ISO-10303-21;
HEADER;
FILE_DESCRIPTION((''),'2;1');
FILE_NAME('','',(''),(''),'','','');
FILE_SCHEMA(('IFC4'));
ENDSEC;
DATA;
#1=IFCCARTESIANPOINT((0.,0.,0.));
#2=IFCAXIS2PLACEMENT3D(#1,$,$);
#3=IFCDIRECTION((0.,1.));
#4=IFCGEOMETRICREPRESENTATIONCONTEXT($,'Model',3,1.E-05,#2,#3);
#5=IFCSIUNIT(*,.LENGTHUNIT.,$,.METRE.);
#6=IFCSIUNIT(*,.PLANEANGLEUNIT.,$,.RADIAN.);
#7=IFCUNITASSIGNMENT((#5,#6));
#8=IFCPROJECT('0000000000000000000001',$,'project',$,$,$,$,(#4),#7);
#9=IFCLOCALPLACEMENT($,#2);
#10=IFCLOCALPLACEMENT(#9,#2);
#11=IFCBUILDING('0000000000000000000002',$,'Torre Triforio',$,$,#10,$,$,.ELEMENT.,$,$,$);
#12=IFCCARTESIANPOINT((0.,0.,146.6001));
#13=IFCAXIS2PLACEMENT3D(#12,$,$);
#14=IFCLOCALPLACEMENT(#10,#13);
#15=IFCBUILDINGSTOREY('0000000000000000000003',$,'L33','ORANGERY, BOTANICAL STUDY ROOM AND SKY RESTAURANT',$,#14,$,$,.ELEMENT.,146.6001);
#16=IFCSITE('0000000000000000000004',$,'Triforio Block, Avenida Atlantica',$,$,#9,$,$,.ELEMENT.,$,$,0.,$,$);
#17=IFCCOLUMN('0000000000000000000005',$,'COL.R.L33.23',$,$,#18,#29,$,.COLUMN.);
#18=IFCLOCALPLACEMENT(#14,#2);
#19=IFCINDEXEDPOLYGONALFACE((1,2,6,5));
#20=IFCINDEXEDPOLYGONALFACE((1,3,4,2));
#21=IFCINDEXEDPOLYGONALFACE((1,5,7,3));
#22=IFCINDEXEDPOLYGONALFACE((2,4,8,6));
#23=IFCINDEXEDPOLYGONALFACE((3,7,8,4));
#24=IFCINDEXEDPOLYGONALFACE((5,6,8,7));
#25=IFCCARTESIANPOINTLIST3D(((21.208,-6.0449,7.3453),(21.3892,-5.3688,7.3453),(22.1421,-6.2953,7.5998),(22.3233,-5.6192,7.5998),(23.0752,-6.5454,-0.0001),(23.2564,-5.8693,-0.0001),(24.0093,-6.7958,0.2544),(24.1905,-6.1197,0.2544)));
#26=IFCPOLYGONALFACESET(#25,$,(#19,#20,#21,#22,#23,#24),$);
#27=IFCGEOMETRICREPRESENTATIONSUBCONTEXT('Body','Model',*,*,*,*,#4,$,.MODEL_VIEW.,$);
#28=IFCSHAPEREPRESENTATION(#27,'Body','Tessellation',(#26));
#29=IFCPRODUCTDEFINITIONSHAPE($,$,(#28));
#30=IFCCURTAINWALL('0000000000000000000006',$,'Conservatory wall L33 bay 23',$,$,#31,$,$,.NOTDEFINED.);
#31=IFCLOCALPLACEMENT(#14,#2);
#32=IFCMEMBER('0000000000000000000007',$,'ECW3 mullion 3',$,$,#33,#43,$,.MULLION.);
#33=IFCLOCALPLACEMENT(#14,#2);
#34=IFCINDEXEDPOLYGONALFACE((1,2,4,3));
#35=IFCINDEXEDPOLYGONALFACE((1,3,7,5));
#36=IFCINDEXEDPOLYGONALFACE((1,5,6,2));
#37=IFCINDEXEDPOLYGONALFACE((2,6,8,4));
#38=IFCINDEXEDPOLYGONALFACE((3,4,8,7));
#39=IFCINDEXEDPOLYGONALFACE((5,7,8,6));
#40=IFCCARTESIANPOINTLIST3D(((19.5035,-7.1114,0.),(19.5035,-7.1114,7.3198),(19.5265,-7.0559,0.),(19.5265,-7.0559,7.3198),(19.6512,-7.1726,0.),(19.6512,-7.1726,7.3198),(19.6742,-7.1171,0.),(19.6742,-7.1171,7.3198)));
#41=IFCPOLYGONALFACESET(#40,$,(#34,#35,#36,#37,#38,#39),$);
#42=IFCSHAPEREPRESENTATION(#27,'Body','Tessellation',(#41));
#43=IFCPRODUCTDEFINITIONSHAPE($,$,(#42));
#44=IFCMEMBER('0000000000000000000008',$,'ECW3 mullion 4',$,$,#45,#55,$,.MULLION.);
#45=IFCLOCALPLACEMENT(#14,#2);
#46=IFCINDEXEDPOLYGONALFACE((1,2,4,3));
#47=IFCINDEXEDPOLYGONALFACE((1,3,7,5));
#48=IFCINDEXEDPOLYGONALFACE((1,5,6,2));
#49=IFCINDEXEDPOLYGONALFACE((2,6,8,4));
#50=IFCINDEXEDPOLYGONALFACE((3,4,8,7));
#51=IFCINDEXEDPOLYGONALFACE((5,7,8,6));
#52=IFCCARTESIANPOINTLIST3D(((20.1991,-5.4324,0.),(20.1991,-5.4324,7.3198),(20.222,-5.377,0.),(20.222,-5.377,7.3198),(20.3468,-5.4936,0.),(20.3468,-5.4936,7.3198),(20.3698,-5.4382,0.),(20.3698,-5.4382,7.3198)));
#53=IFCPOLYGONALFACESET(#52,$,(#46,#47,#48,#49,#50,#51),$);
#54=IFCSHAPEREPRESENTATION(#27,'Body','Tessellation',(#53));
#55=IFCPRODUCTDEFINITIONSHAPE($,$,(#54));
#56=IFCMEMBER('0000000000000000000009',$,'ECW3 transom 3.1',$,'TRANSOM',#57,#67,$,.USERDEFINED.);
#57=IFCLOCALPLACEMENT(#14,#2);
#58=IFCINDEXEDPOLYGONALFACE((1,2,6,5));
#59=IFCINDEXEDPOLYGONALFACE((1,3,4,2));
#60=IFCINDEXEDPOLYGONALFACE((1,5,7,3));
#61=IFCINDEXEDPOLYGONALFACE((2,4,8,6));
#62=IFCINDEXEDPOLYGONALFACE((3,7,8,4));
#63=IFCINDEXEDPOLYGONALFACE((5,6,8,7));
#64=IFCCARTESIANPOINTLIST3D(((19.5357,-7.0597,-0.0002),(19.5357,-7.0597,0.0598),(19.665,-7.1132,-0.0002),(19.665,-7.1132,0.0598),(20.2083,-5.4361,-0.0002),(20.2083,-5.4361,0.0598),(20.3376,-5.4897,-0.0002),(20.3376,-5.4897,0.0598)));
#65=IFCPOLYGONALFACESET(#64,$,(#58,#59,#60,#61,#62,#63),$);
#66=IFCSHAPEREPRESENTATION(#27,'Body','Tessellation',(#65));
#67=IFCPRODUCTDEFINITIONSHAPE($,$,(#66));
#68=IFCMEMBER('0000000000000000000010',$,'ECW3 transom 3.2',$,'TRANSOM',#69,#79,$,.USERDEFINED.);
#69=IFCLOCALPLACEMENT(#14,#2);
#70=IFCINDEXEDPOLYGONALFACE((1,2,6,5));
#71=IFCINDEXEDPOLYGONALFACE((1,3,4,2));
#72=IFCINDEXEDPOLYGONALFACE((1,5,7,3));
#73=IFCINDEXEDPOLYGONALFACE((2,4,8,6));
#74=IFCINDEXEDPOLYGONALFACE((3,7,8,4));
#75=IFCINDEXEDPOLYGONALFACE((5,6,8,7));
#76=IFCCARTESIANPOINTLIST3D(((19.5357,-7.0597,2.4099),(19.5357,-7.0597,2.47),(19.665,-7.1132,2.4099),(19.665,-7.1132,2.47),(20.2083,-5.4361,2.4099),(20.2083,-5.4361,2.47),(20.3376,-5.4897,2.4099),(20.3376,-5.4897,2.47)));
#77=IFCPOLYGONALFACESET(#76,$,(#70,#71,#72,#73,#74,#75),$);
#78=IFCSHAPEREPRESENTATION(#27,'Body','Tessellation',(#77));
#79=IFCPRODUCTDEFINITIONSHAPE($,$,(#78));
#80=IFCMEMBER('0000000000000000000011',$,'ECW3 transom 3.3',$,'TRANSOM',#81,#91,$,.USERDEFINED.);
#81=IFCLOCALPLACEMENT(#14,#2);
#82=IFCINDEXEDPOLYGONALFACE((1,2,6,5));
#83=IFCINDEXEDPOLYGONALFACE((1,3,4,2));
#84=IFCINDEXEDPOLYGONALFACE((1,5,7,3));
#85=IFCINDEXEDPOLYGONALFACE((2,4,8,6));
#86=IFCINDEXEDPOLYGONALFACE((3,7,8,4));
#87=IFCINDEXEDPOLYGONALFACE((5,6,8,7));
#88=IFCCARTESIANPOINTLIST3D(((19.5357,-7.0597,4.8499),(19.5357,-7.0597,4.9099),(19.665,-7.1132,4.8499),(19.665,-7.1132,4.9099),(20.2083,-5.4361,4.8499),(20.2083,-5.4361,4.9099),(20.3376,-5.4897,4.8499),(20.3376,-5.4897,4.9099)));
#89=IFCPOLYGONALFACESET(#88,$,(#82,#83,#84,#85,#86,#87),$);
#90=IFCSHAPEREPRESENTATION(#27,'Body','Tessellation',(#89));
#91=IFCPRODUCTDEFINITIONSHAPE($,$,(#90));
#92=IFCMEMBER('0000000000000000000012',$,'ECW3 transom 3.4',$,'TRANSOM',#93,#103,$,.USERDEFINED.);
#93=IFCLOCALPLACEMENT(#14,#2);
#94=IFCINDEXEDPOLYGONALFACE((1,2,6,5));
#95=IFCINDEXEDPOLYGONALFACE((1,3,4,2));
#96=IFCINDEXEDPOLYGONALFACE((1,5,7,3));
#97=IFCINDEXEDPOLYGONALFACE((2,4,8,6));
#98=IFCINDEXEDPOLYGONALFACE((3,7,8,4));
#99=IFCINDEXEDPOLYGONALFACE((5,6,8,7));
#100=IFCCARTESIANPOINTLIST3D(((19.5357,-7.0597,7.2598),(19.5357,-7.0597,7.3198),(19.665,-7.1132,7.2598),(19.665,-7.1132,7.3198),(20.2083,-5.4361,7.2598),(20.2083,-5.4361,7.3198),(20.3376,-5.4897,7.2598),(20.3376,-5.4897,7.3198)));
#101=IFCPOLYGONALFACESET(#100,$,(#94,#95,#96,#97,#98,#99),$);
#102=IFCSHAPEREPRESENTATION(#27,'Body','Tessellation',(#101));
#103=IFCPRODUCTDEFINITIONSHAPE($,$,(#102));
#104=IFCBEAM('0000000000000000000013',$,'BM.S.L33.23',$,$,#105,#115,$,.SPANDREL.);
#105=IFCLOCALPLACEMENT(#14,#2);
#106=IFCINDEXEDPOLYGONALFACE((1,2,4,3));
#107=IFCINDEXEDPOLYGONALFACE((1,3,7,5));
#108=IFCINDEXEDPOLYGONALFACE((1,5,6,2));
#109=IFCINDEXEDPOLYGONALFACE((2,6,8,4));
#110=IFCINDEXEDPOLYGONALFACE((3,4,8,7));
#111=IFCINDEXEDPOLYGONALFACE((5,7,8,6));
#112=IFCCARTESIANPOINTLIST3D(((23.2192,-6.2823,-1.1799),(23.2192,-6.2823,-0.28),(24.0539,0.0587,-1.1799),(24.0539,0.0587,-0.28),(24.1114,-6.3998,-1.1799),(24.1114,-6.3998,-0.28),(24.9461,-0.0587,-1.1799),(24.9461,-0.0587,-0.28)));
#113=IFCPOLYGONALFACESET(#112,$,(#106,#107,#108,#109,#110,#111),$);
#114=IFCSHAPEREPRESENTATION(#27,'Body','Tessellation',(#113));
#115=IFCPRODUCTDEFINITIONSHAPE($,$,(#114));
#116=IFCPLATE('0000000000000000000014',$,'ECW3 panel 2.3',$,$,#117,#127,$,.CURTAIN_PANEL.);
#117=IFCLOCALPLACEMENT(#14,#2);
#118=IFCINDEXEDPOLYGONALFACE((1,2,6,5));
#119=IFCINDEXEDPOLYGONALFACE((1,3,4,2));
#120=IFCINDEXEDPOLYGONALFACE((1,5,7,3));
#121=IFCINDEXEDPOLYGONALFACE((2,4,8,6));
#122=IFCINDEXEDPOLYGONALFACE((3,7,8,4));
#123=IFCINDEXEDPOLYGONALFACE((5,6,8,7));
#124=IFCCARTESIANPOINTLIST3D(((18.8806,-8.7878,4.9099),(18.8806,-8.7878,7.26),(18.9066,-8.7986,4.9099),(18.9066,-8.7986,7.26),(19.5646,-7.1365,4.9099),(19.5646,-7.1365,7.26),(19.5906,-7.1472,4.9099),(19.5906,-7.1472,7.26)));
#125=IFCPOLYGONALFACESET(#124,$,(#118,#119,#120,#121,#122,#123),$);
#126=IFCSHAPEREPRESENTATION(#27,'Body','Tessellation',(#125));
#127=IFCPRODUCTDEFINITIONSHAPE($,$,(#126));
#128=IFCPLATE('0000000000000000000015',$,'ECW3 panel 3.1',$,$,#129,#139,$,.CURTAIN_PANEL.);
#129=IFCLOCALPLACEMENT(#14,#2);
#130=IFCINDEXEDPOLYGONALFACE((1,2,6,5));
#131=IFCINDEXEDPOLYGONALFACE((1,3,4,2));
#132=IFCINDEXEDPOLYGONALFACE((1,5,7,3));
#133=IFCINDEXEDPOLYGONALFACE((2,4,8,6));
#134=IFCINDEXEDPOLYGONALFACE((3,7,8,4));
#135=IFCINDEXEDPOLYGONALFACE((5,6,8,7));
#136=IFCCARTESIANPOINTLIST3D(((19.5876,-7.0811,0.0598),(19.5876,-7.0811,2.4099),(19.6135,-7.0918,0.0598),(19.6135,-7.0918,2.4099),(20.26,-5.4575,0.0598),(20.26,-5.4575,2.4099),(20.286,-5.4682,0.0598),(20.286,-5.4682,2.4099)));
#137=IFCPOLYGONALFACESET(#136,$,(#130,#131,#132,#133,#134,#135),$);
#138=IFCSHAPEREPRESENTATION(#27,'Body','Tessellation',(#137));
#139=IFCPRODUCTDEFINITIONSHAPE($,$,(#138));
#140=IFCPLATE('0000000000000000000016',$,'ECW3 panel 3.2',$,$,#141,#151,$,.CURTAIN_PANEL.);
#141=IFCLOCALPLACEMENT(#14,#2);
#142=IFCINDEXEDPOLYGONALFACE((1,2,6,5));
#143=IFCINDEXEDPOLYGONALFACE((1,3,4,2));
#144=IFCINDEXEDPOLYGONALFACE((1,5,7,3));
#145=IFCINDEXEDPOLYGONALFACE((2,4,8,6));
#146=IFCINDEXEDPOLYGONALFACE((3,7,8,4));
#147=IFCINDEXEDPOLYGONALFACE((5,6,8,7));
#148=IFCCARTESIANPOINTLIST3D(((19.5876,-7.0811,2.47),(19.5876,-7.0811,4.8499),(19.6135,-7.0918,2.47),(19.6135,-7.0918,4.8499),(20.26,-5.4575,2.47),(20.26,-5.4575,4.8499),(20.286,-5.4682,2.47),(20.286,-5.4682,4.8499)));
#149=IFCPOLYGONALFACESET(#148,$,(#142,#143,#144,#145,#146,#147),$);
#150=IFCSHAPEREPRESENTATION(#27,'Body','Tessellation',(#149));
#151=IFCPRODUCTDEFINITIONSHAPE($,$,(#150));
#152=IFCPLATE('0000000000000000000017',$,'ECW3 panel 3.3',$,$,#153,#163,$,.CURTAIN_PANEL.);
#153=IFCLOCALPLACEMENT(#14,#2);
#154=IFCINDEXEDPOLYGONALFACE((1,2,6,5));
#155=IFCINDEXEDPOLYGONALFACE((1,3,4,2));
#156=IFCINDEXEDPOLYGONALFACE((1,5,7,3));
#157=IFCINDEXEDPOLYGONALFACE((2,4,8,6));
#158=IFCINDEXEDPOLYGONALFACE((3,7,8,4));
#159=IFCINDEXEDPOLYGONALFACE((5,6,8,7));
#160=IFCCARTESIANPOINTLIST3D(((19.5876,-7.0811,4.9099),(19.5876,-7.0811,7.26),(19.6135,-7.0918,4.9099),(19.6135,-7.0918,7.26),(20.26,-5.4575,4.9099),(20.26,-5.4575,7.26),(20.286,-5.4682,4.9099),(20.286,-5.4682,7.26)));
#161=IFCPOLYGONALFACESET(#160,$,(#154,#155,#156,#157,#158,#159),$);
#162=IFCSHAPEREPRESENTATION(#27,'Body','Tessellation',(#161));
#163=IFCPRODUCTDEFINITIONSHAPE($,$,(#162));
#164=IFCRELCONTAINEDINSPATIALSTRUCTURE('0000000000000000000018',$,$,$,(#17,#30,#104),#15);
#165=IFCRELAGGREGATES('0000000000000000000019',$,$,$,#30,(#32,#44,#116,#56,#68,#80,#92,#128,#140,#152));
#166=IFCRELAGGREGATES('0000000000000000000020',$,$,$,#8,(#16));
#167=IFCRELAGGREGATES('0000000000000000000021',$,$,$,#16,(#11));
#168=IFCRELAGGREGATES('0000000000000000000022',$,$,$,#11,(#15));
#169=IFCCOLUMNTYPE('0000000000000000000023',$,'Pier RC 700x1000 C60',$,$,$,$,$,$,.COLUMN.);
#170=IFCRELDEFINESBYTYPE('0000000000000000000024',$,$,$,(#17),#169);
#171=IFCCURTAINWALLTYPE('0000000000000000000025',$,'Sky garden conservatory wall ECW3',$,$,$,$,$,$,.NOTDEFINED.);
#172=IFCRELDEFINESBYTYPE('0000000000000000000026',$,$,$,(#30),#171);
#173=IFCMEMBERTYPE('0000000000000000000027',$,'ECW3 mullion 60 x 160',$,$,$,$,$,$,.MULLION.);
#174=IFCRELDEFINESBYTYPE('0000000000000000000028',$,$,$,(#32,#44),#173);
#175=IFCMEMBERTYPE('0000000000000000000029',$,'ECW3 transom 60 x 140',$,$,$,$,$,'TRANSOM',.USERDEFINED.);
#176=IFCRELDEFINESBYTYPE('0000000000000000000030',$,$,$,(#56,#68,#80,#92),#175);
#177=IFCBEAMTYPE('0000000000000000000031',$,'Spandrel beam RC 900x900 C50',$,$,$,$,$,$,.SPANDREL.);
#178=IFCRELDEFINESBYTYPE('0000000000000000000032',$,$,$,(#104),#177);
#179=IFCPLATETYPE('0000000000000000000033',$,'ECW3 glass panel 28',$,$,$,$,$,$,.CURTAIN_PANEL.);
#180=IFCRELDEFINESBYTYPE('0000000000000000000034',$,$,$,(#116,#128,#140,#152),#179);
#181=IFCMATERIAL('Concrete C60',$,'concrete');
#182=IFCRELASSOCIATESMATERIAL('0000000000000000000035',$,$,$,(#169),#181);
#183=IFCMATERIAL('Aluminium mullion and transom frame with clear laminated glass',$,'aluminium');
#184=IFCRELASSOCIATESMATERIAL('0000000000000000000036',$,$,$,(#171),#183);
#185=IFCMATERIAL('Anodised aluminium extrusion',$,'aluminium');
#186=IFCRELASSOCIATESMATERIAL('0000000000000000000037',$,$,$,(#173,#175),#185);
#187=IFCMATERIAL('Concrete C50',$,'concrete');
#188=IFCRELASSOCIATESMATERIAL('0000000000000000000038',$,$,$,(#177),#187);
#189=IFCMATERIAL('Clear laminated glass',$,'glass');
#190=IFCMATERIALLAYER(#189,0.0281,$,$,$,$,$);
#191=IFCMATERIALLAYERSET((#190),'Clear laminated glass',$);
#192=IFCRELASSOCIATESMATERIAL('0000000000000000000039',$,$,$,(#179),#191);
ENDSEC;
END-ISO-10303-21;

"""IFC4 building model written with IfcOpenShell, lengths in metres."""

from ifc_helpers import new_model, si_unit, direction, frame, origin, origin_2d, place, context, subcontext, project, spatial, rectangle, extrude, material, layer, layer_set, material_profile, profile_set, type_object, element, aggregate, save


model = new_model("IFC4")

# Units and contexts
model_context = context("Model", 3, precision=1e-05, world=origin(), true_north=direction((0.0, 1.0)))
body_context = subcontext(model_context, "Body", "Model", "MODEL_VIEW")
ifc_project = project(units=[si_unit("LENGTHUNIT", "METRE"), si_unit("PLANEANGLEUNIT", "RADIAN")], contexts=[model_context])

# Site, building, storey
site_placement = place(None, origin())
site = spatial("IfcSite", under=ifc_project, at=site_placement, Name="Triforio Block, Avenida Atlantica", CompositionType="ELEMENT", RefElevation=0.0)
building_placement = place(site_placement, origin())
building = spatial("IfcBuilding", under=site, at=building_placement, Name="Torre Triforio", CompositionType="ELEMENT")
storey_placement = place(building_placement, frame((0.0, 0.0, 146.6001)))
storey = spatial("IfcBuildingStorey", under=building, at=storey_placement, Name="L33", Description="ORANGERY, BOTANICAL STUDY ROOM AND SKY RESTAURANT", CompositionType="ELEMENT", Elevation=146.6001)

# Column
ifc_material_1 = material(Name="Concrete C60", Category="concrete")
ifc_material_profile_1 = material_profile(ifc_material_1, rectangle(XDim=0.7, YDim=1.0, at=origin_2d()), Name="RC 700x1000")
ifc_profile_set_1 = profile_set([ifc_material_profile_1], Name="Concrete C60")
column_type = type_object("IfcColumnType", Name="Pier RC 700x1000 C60", PredefinedType="COLUMN", material=ifc_profile_set_1)
column_placement = place(storey_placement, frame((23.6328, -6.3325, 0.1272), z_axis=(-0.245826, 0.065892, 0.967072), x_axis=(-0.258904, -0.965903, 0.0)))
element("IfcColumn", 1, at=column_placement, inside=storey, type_object=column_type, Name="COL.R.L33.23", PredefinedType="COLUMN", context=body_context, shape_type="SweptSolid", body=[
    extrude(rectangle(XDim=0.7, YDim=1.0, at=origin_2d()), origin(), (0.0, 0.0, 1.0), 7.5955),
])

# Curtain wall, members
ifc_material_2 = material(Name="Aluminium mullion and transom frame with clear laminated glass", Category="aluminium")
curtain_wall_type = type_object("IfcCurtainWallType", Name="Sky garden conservatory wall ECW3", PredefinedType="NOTDEFINED", material=ifc_material_2)
curtain_wall_placement = place(storey_placement, origin())
curtain_wall = element("IfcCurtainWall", 2, at=curtain_wall_placement, inside=storey, type_object=curtain_wall_type, Name="Conservatory wall L33 bay 23", PredefinedType="NOTDEFINED")
ifc_material_3 = material(Name="Anodised aluminium extrusion", Category="aluminium")
ifc_material_profile_2 = material_profile(ifc_material_3, rectangle(XDim=0.1599, YDim=0.0601, at=origin_2d()), Name="ECW3 MULLION 60x160")
ifc_profile_set_2 = profile_set([ifc_material_profile_2], Name="Anodised aluminium extrusion")
member_type_1 = type_object("IfcMemberType", Name="ECW3 mullion 60 x 160", PredefinedType="MULLION", material=ifc_profile_set_2)
member_1_placement = place(storey_placement, frame((19.5889, -7.1143, 0.0), z_axis=(0.0, 0.0, 1.0), x_axis=(-0.923883, 0.382675, 0.0)))
member_1 = element("IfcMember", 3, at=member_1_placement, type_object=member_type_1, Name="ECW3 mullion 3", PredefinedType="MULLION", context=body_context, shape_type="SweptSolid", body=[
    extrude(rectangle(XDim=0.1599, YDim=0.0601, at=origin_2d()), origin(), (0.0, 0.0, 1.0), 7.3198),
])
member_2_placement = place(storey_placement, frame((20.2844, -5.4353, 0.0), z_axis=(0.0, 0.0, 1.0), x_axis=(-0.923883, 0.382675, 0.0)))
member_2 = element("IfcMember", 4, at=member_2_placement, type_object=member_type_1, Name="ECW3 mullion 4", PredefinedType="MULLION", context=body_context, shape_type="SweptSolid", body=[
    extrude(rectangle(XDim=0.1599, YDim=0.0601, at=origin_2d()), origin(), (0.0, 0.0, 1.0), 7.3198),
])
ifc_material_profile_3 = material_profile(ifc_material_3, rectangle(XDim=0.1399, YDim=0.0601, at=origin_2d()), Name="ECW3 TRANSOM 60x140")
ifc_profile_set_3 = profile_set([ifc_material_profile_3], Name="Anodised aluminium extrusion")
member_type_2 = type_object("IfcMemberType", Name="ECW3 transom 60 x 140", ElementType="TRANSOM", PredefinedType="USERDEFINED", material=ifc_profile_set_3)
member_3_placement = place(storey_placement, frame((19.6003, -7.0864, 0.0298), z_axis=(0.38274, 0.923856, 0.0), x_axis=(-0.923856, 0.38274, 0.0)))
member_3 = element("IfcMember", 5, at=member_3_placement, type_object=member_type_2, Name="ECW3 transom 3.1", ObjectType="TRANSOM", PredefinedType="USERDEFINED", context=body_context, shape_type="SweptSolid", body=[
    extrude(rectangle(XDim=0.1399, YDim=0.0601, at=origin_2d()), origin(), (0.0, 0.0, 1.0), 1.7573),
])
member_4_placement = place(storey_placement, frame((19.6003, -7.0864, 2.4399), z_axis=(0.38274, 0.923856, 0.0), x_axis=(-0.923856, 0.38274, 0.0)))
member_4 = element("IfcMember", 6, at=member_4_placement, type_object=member_type_2, Name="ECW3 transom 3.2", ObjectType="TRANSOM", PredefinedType="USERDEFINED", context=body_context, shape_type="SweptSolid", body=[
    extrude(rectangle(XDim=0.1399, YDim=0.0601, at=origin_2d()), origin(), (0.0, 0.0, 1.0), 1.7573),
])
member_5_placement = place(storey_placement, frame((19.6003, -7.0864, 4.8799), z_axis=(0.38274, 0.923856, 0.0), x_axis=(-0.923856, 0.38274, 0.0)))
member_5 = element("IfcMember", 7, at=member_5_placement, type_object=member_type_2, Name="ECW3 transom 3.3", ObjectType="TRANSOM", PredefinedType="USERDEFINED", context=body_context, shape_type="SweptSolid", body=[
    extrude(rectangle(XDim=0.1399, YDim=0.0601, at=origin_2d()), origin(), (0.0, 0.0, 1.0), 1.7573),
])
member_6_placement = place(storey_placement, frame((19.6003, -7.0864, 7.2898), z_axis=(0.38274, 0.923856, 0.0), x_axis=(-0.923856, 0.38274, 0.0)))
member_6 = element("IfcMember", 8, at=member_6_placement, type_object=member_type_2, Name="ECW3 transom 3.4", ObjectType="TRANSOM", PredefinedType="USERDEFINED", context=body_context, shape_type="SweptSolid", body=[
    extrude(rectangle(XDim=0.1399, YDim=0.0601, at=origin_2d()), origin(), (0.0, 0.0, 1.0), 1.7573),
])

# Beam
ifc_material_4 = material(Name="Concrete C50", Category="concrete")
ifc_material_profile_4 = material_profile(ifc_material_4, rectangle(XDim=0.8999, YDim=0.8999, at=origin_2d()), Name="RC 900x900")
ifc_profile_set_4 = profile_set([ifc_material_profile_4], Name="Concrete C50")
beam_type = type_object("IfcBeamType", Name="Spandrel beam RC 900x900 C50", PredefinedType="SPANDREL", material=ifc_profile_set_4)
beam_placement = place(storey_placement, frame((23.6653, -6.3411, -0.73), z_axis=(0.130511, 0.991447, 0.0), x_axis=(-0.991447, 0.130511, 0.0)))
element("IfcBeam", 9, at=beam_placement, inside=storey, type_object=beam_type, Name="BM.S.L33.23", PredefinedType="SPANDREL", context=body_context, shape_type="SweptSolid", body=[
    extrude(rectangle(XDim=0.8999, YDim=0.8999, at=origin_2d()), origin(), (0.0, 0.0, 1.0), 6.3958),
])

# Plates
ifc_material_5 = material(Name="Clear laminated glass", Category="glass")
ifc_layer_1 = layer(ifc_material_5, 0.0281)
ifc_layer_set_1 = layer_set([ifc_layer_1], Name="Clear laminated glass")
plate_type = type_object("IfcPlateType", Name="ECW3 glass panel 28", PredefinedType="CURTAIN_PANEL", material=ifc_layer_set_1)
plate_1_placement = place(storey_placement, frame((19.2356, -7.9675, 4.9099), z_axis=(0.0, 0.0, 1.0), x_axis=(0.382675, 0.923883, 0.0)))
plate_1 = element("IfcPlate", 10, at=plate_1_placement, type_object=plate_type, Name="ECW3 panel 2.3", PredefinedType="CURTAIN_PANEL", context=body_context, shape_type="SweptSolid", body=[
    extrude(rectangle(XDim=1.7874, YDim=0.0281, at=origin_2d()), origin(), (0.0, 0.0, 1.0), 2.3501),
])
plate_2_placement = place(storey_placement, frame((19.9368, -6.2747, 0.0598), z_axis=(0.0, 0.0, 1.0), x_axis=(0.382675, 0.923883, 0.0)))
plate_2 = element("IfcPlate", 11, at=plate_2_placement, type_object=plate_type, Name="ECW3 panel 3.1", PredefinedType="CURTAIN_PANEL", context=body_context, shape_type="SweptSolid", body=[
    extrude(rectangle(XDim=1.7573, YDim=0.0281, at=origin_2d()), origin(), (0.0, 0.0, 1.0), 2.3501),
])
plate_3_placement = place(storey_placement, frame((19.9368, -6.2747, 2.47), z_axis=(0.0, 0.0, 1.0), x_axis=(0.382675, 0.923883, 0.0)))
plate_3 = element("IfcPlate", 12, at=plate_3_placement, type_object=plate_type, Name="ECW3 panel 3.2", PredefinedType="CURTAIN_PANEL", context=body_context, shape_type="SweptSolid", body=[
    extrude(rectangle(XDim=1.7573, YDim=0.0281, at=origin_2d()), origin(), (0.0, 0.0, 1.0), 2.3799),
])
plate_4_placement = place(storey_placement, frame((19.9368, -6.2747, 4.9099), z_axis=(0.0, 0.0, 1.0), x_axis=(0.382675, 0.923883, 0.0)))
plate_4 = element("IfcPlate", 13, at=plate_4_placement, type_object=plate_type, Name="ECW3 panel 3.3", PredefinedType="CURTAIN_PANEL", context=body_context, shape_type="SweptSolid", body=[
    extrude(rectangle(XDim=1.7573, YDim=0.0281, at=origin_2d()), origin(), (0.0, 0.0, 1.0), 2.3501),
])
aggregate(curtain_wall, [member_1, member_2, plate_1, member_3, member_4, member_5, member_6, plate_2, plate_3, plate_4])

save(model, "model.ifc")
